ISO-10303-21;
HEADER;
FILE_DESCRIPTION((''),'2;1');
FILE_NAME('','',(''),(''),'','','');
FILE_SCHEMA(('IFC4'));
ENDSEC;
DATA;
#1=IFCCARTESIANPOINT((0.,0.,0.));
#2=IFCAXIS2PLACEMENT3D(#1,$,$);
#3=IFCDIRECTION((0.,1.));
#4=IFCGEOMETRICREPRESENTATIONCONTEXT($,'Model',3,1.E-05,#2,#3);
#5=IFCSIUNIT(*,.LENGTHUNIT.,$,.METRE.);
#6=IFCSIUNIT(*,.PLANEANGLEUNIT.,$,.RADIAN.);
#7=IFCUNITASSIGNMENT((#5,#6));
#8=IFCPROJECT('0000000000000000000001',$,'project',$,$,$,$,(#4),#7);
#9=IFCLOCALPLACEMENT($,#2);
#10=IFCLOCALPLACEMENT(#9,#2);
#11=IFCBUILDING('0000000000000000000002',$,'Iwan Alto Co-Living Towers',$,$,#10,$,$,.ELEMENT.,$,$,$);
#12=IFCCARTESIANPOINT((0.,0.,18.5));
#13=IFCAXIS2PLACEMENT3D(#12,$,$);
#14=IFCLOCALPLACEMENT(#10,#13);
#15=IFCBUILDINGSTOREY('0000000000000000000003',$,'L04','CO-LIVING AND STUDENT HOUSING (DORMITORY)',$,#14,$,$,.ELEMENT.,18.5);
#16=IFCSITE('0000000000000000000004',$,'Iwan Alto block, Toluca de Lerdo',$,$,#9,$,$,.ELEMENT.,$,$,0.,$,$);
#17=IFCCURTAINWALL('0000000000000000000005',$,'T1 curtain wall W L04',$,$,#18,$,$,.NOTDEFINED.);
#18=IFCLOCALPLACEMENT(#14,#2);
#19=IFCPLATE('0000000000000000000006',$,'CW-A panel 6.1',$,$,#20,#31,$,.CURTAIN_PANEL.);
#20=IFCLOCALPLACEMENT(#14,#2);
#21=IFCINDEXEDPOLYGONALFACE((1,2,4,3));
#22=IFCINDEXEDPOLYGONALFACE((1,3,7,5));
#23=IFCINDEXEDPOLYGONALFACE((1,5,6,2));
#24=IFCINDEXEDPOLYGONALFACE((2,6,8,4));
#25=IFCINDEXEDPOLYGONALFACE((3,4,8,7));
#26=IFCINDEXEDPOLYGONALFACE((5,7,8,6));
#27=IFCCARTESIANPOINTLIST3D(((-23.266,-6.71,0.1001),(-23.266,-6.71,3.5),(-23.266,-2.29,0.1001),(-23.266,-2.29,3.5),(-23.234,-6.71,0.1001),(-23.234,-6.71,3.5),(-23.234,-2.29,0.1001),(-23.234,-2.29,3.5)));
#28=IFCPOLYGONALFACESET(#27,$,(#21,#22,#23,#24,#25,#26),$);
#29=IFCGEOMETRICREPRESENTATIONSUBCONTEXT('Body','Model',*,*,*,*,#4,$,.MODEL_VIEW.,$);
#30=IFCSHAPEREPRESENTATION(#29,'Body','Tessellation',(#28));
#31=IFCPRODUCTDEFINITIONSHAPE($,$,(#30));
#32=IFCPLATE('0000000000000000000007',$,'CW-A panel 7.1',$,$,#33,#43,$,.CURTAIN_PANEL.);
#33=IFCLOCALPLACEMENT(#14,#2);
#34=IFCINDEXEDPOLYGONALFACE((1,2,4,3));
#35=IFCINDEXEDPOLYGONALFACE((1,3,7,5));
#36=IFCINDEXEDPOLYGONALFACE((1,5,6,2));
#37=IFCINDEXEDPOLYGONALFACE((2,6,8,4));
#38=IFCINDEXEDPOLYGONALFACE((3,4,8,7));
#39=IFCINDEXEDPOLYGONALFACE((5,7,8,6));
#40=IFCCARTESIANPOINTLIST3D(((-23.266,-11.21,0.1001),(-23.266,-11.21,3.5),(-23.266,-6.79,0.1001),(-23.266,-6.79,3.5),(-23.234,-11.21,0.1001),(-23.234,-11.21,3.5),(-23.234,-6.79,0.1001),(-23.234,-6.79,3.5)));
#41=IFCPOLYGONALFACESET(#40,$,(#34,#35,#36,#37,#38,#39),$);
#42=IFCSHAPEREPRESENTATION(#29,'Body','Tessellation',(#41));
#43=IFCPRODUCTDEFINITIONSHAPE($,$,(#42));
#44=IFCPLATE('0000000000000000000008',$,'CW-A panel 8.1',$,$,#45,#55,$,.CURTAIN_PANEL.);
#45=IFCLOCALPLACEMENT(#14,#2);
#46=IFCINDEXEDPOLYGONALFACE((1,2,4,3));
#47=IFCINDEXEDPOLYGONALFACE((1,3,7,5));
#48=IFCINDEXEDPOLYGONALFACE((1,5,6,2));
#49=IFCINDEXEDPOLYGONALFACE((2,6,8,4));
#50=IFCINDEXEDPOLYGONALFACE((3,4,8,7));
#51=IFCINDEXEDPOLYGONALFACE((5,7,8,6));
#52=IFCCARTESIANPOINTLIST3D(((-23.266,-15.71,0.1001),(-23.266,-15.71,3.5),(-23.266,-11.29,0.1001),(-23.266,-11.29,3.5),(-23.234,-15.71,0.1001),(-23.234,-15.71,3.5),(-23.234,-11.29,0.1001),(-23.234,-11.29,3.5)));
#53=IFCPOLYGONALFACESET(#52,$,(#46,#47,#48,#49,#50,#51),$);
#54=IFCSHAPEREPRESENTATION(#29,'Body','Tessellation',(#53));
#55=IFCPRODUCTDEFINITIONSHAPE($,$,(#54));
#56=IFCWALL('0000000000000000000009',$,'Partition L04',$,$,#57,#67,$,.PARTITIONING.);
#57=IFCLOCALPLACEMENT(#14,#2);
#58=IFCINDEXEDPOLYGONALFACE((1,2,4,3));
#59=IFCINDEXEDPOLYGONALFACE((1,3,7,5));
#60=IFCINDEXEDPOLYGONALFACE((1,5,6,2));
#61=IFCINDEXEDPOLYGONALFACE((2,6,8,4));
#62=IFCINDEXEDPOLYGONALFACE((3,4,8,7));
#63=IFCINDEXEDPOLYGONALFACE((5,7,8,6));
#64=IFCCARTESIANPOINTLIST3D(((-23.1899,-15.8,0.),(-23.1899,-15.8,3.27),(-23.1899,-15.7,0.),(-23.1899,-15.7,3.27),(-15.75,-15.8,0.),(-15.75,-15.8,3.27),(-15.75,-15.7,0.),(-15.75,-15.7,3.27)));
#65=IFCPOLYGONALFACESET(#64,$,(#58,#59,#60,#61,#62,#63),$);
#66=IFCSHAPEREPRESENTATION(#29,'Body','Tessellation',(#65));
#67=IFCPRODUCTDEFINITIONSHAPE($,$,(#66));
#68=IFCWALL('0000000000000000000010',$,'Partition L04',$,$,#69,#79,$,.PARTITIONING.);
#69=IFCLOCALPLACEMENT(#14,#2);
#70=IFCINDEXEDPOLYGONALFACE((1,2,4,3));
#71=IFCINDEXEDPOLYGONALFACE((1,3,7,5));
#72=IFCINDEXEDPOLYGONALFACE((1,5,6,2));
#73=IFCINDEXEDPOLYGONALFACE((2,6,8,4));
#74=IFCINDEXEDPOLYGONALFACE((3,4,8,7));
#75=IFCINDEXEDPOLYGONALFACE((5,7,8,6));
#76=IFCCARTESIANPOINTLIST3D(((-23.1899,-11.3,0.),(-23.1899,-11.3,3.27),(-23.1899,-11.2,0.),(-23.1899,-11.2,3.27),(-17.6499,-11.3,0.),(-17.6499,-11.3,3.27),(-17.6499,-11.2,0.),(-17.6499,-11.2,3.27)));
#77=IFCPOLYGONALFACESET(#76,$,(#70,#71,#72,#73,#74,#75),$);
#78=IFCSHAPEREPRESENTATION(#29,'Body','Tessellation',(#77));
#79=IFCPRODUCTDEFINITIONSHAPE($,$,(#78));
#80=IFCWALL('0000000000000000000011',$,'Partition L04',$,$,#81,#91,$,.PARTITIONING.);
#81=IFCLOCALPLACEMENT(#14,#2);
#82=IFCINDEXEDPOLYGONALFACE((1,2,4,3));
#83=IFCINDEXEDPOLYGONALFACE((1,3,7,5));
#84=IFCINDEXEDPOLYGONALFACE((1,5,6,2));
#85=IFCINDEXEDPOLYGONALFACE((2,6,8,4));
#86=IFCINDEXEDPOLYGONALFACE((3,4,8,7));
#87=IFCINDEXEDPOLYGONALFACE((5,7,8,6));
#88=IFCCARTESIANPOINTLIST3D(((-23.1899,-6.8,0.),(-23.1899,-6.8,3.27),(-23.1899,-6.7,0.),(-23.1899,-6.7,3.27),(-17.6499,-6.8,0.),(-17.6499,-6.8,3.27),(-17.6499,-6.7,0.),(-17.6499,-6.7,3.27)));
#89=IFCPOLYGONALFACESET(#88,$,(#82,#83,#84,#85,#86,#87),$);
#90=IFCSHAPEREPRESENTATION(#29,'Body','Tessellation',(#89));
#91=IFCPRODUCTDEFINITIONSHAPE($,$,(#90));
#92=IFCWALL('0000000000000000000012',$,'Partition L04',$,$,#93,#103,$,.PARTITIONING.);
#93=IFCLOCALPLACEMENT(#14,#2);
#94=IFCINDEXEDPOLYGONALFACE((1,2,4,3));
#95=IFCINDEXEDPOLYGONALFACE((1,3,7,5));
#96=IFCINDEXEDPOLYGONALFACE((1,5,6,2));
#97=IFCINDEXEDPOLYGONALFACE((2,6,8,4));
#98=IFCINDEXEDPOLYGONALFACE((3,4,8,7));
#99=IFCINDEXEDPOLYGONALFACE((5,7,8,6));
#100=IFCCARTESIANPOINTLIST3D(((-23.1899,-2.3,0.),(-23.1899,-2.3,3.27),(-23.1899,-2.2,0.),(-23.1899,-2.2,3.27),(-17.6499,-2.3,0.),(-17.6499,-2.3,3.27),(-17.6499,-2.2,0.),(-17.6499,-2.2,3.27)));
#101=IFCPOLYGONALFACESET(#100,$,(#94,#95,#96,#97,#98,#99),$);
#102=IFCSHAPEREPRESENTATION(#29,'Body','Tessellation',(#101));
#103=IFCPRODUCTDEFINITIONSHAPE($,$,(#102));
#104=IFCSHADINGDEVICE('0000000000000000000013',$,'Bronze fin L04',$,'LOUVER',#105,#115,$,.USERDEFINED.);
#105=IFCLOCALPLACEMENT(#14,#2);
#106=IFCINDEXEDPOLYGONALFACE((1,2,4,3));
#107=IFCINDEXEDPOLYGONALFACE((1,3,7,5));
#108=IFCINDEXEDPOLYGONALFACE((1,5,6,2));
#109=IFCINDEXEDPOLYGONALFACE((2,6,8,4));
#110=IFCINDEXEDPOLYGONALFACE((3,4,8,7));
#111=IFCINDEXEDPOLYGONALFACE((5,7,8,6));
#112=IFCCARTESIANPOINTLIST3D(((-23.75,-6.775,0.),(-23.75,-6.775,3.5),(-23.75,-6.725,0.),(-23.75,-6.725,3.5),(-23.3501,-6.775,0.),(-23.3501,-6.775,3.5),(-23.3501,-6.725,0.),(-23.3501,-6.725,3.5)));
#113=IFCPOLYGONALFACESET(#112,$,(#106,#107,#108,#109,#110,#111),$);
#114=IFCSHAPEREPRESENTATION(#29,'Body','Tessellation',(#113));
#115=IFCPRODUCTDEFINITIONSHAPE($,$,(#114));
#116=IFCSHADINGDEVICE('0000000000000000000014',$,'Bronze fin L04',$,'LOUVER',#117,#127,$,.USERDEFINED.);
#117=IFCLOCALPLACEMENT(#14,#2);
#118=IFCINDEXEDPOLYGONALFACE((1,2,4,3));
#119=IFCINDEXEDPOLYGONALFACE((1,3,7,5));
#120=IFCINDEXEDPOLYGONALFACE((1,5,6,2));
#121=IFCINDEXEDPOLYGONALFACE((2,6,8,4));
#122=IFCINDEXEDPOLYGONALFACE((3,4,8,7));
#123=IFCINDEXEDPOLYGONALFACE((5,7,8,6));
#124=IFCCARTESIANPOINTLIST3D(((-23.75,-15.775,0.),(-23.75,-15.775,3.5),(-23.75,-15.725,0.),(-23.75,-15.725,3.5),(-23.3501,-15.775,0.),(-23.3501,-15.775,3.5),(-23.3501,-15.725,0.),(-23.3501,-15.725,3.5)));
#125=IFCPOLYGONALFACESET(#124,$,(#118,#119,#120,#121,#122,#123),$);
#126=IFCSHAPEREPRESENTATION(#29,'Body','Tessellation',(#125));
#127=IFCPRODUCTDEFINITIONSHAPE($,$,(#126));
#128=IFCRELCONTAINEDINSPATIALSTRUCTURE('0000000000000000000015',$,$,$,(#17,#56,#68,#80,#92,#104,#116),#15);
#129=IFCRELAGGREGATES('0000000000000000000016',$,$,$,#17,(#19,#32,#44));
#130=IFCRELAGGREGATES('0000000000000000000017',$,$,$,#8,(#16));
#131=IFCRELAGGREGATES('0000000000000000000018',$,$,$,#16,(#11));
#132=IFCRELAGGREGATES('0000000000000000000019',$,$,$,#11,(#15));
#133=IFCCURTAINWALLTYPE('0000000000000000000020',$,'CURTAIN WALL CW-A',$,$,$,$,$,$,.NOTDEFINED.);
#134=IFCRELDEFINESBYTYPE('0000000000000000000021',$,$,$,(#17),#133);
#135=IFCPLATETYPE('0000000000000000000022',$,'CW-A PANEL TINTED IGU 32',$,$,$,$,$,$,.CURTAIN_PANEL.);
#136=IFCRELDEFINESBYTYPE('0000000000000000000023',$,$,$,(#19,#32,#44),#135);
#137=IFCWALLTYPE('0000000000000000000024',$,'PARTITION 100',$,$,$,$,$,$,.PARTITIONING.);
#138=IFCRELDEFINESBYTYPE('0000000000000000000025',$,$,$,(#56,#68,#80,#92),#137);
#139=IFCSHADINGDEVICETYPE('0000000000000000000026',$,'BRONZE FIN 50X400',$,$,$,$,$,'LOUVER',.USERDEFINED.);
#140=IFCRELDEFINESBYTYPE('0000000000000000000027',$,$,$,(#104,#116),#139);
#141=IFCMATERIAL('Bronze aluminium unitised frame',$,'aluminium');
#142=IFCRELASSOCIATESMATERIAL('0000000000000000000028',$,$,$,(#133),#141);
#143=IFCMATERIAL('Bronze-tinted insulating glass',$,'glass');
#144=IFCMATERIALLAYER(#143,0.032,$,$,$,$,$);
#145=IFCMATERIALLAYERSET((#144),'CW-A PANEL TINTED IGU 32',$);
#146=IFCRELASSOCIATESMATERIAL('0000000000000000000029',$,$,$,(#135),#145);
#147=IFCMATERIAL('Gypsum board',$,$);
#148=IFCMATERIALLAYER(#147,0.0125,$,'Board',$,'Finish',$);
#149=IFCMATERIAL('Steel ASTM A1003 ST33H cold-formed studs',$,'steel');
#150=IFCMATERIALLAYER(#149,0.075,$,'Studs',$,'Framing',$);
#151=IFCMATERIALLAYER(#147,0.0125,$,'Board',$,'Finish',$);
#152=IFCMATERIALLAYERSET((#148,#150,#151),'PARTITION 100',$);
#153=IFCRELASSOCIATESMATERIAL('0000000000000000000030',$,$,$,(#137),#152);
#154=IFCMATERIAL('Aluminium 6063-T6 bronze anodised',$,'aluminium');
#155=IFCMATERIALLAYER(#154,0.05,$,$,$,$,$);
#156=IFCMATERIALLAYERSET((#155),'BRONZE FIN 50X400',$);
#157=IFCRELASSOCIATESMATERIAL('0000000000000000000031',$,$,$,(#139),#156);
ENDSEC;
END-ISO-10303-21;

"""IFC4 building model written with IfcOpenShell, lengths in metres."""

from ifc_helpers import new_model, si_unit, direction, frame, frame_2d, origin, origin_2d, place, context, subcontext, project, spatial, rectangle, extrude, material, layer, layer_set, type_object, element, aggregate, save


model = new_model("IFC4")

# Units and contexts
model_context = context("Model", 3, precision=1e-05, world=origin(), true_north=direction((0.0, 1.0)))
body_context = subcontext(model_context, "Body", "Model", "MODEL_VIEW")
ifc_project = project(units=[si_unit("LENGTHUNIT", "METRE"), si_unit("PLANEANGLEUNIT", "RADIAN")], contexts=[model_context])

# Site, building, storey
site_placement = place(None, origin())
site = spatial("IfcSite", under=ifc_project, at=site_placement, Name="Iwan Alto block, Toluca de Lerdo", CompositionType="ELEMENT", RefElevation=0.0)
building_placement = place(site_placement, origin())
building = spatial("IfcBuilding", under=site, at=building_placement, Name="Iwan Alto Co-Living Towers", CompositionType="ELEMENT")
storey_placement = place(building_placement, frame((0.0, 0.0, 18.5)))
storey = spatial("IfcBuildingStorey", under=building, at=storey_placement, Name="L04", Description="CO-LIVING AND STUDENT HOUSING (DORMITORY)", CompositionType="ELEMENT", Elevation=18.5)

# Curtain wall
ifc_material_1 = material(Name="Bronze aluminium unitised frame", Category="aluminium")
curtain_wall_type = type_object("IfcCurtainWallType", Name="CURTAIN WALL CW-A", PredefinedType="NOTDEFINED", material=ifc_material_1)
curtain_wall_placement = place(storey_placement, origin())
curtain_wall = element("IfcCurtainWall", 1, at=curtain_wall_placement, inside=storey, type_object=curtain_wall_type, Name="T1 curtain wall W L04", PredefinedType="NOTDEFINED")

# Plates
ifc_material_2 = material(Name="Bronze-tinted insulating glass", Category="glass")
ifc_layer_1 = layer(ifc_material_2, 0.032)
ifc_layer_set_1 = layer_set([ifc_layer_1], Name="CW-A PANEL TINTED IGU 32")
plate_type = type_object("IfcPlateType", Name="CW-A PANEL TINTED IGU 32", PredefinedType="CURTAIN_PANEL", material=ifc_layer_set_1)
plate_1_placement = place(storey_placement, frame((-23.25, -4.5, 0.1001), z_axis=(0.0, 0.0, 1.0), x_axis=(0.0, -1.0, 0.0)))
plate_1 = element("IfcPlate", 2, at=plate_1_placement, type_object=plate_type, Name="CW-A panel 6.1", PredefinedType="CURTAIN_PANEL", context=body_context, shape_type="SweptSolid", body=[
    extrude(rectangle(XDim=4.4199, YDim=0.032, at=origin_2d()), origin(), (0.0, 0.0, 1.0), 3.3999),
])
plate_2_placement = place(storey_placement, frame((-23.25, -9.0, 0.1001), z_axis=(0.0, 0.0, 1.0), x_axis=(0.0, -1.0, 0.0)))
plate_2 = element("IfcPlate", 3, at=plate_2_placement, type_object=plate_type, Name="CW-A panel 7.1", PredefinedType="CURTAIN_PANEL", context=body_context, shape_type="SweptSolid", body=[
    extrude(rectangle(XDim=4.4199, YDim=0.032, at=origin_2d()), origin(), (0.0, 0.0, 1.0), 3.3999),
])
plate_3_placement = place(storey_placement, frame((-23.25, -13.5, 0.1001), z_axis=(0.0, 0.0, 1.0), x_axis=(0.0, -1.0, 0.0)))
plate_3 = element("IfcPlate", 4, at=plate_3_placement, type_object=plate_type, Name="CW-A panel 8.1", PredefinedType="CURTAIN_PANEL", context=body_context, shape_type="SweptSolid", body=[
    extrude(rectangle(XDim=4.4199, YDim=0.032, at=origin_2d()), origin(), (0.0, 0.0, 1.0), 3.3999),
])
aggregate(curtain_wall, [plate_1, plate_2, plate_3])

# Walls
ifc_material_3 = material(Name="Gypsum board")
ifc_layer_2 = layer(ifc_material_3, 0.0125, Name="Board", Category="Finish")
ifc_material_4 = material(Name="Steel ASTM A1003 ST33H cold-formed studs", Category="steel")
ifc_layer_3 = layer(ifc_material_4, 0.075, Name="Studs", Category="Framing")
ifc_layer_4 = layer(ifc_material_3, 0.0125, Name="Board", Category="Finish")
ifc_layer_set_2 = layer_set([ifc_layer_2, ifc_layer_3, ifc_layer_4], Name="PARTITION 100")
wall_type = type_object("IfcWallType", Name="PARTITION 100", PredefinedType="PARTITIONING", material=ifc_layer_set_2)
wall_placement = place(storey_placement, frame((-23.1899, -15.75, 0.0), z_axis=(0.0, 0.0, 1.0), x_axis=(1.0, 0.0, 0.0)))
element("IfcWall", 5, at=wall_placement, inside=storey, type_object=wall_type, Name="Partition L04", PredefinedType="PARTITIONING", context=body_context, shape_type="SweptSolid", body=[
    extrude(rectangle(XDim=7.4399, YDim=0.1001, at=frame_2d((3.72, 0.0))), origin(), (0.0, 0.0, 1.0), 3.27),
])
for number, where, z_axis, x_axis, name in (
    (6, (-23.1899, -11.25, 0.0), (0.0, 0.0, 1.0), (1.0, 0.0, 0.0), "Partition L04"),
    (7, (-23.1899, -6.75, 0.0), (0.0, 0.0, 1.0), (1.0, 0.0, 0.0), "Partition L04"),
    (8, (-23.1899, -2.25, 0.0), (0.0, 0.0, 1.0), (1.0, 0.0, 0.0), "Partition L04"),
):
    element("IfcWall", number, at=place(storey_placement, frame(where, z_axis=z_axis, x_axis=x_axis)), inside=storey, type_object=wall_type, Name=name, PredefinedType="PARTITIONING", context=body_context, shape_type="SweptSolid", body=[
        extrude(rectangle(XDim=5.54, YDim=0.1001, at=frame_2d((2.77, 0.0))), origin(), (0.0, 0.0, 1.0), 3.27),
    ])

# Shading devices
ifc_material_5 = material(Name="Aluminium 6063-T6 bronze anodised", Category="aluminium")
ifc_layer_5 = layer(ifc_material_5, 0.05)
ifc_layer_set_3 = layer_set([ifc_layer_5], Name="BRONZE FIN 50X400")
shading_device_type = type_object("IfcShadingDeviceType", Name="BRONZE FIN 50X400", ElementType="LOUVER", PredefinedType="USERDEFINED", material=ifc_layer_set_3)
for number, where, z_axis, x_axis, name in (
    (9, (-23.55, -6.75, 0.0), (0.0, 0.0, 1.0), (0.0, -1.0, 0.0), "Bronze fin L04"),
    (10, (-23.55, -15.75, 0.0), (0.0, 0.0, 1.0), (0.0, -1.0, 0.0), "Bronze fin L04"),
):
    element("IfcShadingDevice", number, at=place(storey_placement, frame(where, z_axis=z_axis, x_axis=x_axis)), inside=storey, type_object=shading_device_type, Name=name, ObjectType="LOUVER", PredefinedType="USERDEFINED", context=body_context, shape_type="SweptSolid", body=[
        extrude(rectangle(XDim=0.05, YDim=0.3999, at=origin_2d()), origin(), (0.0, 0.0, 1.0), 3.5),
    ])

save(model, "model.ifc")
